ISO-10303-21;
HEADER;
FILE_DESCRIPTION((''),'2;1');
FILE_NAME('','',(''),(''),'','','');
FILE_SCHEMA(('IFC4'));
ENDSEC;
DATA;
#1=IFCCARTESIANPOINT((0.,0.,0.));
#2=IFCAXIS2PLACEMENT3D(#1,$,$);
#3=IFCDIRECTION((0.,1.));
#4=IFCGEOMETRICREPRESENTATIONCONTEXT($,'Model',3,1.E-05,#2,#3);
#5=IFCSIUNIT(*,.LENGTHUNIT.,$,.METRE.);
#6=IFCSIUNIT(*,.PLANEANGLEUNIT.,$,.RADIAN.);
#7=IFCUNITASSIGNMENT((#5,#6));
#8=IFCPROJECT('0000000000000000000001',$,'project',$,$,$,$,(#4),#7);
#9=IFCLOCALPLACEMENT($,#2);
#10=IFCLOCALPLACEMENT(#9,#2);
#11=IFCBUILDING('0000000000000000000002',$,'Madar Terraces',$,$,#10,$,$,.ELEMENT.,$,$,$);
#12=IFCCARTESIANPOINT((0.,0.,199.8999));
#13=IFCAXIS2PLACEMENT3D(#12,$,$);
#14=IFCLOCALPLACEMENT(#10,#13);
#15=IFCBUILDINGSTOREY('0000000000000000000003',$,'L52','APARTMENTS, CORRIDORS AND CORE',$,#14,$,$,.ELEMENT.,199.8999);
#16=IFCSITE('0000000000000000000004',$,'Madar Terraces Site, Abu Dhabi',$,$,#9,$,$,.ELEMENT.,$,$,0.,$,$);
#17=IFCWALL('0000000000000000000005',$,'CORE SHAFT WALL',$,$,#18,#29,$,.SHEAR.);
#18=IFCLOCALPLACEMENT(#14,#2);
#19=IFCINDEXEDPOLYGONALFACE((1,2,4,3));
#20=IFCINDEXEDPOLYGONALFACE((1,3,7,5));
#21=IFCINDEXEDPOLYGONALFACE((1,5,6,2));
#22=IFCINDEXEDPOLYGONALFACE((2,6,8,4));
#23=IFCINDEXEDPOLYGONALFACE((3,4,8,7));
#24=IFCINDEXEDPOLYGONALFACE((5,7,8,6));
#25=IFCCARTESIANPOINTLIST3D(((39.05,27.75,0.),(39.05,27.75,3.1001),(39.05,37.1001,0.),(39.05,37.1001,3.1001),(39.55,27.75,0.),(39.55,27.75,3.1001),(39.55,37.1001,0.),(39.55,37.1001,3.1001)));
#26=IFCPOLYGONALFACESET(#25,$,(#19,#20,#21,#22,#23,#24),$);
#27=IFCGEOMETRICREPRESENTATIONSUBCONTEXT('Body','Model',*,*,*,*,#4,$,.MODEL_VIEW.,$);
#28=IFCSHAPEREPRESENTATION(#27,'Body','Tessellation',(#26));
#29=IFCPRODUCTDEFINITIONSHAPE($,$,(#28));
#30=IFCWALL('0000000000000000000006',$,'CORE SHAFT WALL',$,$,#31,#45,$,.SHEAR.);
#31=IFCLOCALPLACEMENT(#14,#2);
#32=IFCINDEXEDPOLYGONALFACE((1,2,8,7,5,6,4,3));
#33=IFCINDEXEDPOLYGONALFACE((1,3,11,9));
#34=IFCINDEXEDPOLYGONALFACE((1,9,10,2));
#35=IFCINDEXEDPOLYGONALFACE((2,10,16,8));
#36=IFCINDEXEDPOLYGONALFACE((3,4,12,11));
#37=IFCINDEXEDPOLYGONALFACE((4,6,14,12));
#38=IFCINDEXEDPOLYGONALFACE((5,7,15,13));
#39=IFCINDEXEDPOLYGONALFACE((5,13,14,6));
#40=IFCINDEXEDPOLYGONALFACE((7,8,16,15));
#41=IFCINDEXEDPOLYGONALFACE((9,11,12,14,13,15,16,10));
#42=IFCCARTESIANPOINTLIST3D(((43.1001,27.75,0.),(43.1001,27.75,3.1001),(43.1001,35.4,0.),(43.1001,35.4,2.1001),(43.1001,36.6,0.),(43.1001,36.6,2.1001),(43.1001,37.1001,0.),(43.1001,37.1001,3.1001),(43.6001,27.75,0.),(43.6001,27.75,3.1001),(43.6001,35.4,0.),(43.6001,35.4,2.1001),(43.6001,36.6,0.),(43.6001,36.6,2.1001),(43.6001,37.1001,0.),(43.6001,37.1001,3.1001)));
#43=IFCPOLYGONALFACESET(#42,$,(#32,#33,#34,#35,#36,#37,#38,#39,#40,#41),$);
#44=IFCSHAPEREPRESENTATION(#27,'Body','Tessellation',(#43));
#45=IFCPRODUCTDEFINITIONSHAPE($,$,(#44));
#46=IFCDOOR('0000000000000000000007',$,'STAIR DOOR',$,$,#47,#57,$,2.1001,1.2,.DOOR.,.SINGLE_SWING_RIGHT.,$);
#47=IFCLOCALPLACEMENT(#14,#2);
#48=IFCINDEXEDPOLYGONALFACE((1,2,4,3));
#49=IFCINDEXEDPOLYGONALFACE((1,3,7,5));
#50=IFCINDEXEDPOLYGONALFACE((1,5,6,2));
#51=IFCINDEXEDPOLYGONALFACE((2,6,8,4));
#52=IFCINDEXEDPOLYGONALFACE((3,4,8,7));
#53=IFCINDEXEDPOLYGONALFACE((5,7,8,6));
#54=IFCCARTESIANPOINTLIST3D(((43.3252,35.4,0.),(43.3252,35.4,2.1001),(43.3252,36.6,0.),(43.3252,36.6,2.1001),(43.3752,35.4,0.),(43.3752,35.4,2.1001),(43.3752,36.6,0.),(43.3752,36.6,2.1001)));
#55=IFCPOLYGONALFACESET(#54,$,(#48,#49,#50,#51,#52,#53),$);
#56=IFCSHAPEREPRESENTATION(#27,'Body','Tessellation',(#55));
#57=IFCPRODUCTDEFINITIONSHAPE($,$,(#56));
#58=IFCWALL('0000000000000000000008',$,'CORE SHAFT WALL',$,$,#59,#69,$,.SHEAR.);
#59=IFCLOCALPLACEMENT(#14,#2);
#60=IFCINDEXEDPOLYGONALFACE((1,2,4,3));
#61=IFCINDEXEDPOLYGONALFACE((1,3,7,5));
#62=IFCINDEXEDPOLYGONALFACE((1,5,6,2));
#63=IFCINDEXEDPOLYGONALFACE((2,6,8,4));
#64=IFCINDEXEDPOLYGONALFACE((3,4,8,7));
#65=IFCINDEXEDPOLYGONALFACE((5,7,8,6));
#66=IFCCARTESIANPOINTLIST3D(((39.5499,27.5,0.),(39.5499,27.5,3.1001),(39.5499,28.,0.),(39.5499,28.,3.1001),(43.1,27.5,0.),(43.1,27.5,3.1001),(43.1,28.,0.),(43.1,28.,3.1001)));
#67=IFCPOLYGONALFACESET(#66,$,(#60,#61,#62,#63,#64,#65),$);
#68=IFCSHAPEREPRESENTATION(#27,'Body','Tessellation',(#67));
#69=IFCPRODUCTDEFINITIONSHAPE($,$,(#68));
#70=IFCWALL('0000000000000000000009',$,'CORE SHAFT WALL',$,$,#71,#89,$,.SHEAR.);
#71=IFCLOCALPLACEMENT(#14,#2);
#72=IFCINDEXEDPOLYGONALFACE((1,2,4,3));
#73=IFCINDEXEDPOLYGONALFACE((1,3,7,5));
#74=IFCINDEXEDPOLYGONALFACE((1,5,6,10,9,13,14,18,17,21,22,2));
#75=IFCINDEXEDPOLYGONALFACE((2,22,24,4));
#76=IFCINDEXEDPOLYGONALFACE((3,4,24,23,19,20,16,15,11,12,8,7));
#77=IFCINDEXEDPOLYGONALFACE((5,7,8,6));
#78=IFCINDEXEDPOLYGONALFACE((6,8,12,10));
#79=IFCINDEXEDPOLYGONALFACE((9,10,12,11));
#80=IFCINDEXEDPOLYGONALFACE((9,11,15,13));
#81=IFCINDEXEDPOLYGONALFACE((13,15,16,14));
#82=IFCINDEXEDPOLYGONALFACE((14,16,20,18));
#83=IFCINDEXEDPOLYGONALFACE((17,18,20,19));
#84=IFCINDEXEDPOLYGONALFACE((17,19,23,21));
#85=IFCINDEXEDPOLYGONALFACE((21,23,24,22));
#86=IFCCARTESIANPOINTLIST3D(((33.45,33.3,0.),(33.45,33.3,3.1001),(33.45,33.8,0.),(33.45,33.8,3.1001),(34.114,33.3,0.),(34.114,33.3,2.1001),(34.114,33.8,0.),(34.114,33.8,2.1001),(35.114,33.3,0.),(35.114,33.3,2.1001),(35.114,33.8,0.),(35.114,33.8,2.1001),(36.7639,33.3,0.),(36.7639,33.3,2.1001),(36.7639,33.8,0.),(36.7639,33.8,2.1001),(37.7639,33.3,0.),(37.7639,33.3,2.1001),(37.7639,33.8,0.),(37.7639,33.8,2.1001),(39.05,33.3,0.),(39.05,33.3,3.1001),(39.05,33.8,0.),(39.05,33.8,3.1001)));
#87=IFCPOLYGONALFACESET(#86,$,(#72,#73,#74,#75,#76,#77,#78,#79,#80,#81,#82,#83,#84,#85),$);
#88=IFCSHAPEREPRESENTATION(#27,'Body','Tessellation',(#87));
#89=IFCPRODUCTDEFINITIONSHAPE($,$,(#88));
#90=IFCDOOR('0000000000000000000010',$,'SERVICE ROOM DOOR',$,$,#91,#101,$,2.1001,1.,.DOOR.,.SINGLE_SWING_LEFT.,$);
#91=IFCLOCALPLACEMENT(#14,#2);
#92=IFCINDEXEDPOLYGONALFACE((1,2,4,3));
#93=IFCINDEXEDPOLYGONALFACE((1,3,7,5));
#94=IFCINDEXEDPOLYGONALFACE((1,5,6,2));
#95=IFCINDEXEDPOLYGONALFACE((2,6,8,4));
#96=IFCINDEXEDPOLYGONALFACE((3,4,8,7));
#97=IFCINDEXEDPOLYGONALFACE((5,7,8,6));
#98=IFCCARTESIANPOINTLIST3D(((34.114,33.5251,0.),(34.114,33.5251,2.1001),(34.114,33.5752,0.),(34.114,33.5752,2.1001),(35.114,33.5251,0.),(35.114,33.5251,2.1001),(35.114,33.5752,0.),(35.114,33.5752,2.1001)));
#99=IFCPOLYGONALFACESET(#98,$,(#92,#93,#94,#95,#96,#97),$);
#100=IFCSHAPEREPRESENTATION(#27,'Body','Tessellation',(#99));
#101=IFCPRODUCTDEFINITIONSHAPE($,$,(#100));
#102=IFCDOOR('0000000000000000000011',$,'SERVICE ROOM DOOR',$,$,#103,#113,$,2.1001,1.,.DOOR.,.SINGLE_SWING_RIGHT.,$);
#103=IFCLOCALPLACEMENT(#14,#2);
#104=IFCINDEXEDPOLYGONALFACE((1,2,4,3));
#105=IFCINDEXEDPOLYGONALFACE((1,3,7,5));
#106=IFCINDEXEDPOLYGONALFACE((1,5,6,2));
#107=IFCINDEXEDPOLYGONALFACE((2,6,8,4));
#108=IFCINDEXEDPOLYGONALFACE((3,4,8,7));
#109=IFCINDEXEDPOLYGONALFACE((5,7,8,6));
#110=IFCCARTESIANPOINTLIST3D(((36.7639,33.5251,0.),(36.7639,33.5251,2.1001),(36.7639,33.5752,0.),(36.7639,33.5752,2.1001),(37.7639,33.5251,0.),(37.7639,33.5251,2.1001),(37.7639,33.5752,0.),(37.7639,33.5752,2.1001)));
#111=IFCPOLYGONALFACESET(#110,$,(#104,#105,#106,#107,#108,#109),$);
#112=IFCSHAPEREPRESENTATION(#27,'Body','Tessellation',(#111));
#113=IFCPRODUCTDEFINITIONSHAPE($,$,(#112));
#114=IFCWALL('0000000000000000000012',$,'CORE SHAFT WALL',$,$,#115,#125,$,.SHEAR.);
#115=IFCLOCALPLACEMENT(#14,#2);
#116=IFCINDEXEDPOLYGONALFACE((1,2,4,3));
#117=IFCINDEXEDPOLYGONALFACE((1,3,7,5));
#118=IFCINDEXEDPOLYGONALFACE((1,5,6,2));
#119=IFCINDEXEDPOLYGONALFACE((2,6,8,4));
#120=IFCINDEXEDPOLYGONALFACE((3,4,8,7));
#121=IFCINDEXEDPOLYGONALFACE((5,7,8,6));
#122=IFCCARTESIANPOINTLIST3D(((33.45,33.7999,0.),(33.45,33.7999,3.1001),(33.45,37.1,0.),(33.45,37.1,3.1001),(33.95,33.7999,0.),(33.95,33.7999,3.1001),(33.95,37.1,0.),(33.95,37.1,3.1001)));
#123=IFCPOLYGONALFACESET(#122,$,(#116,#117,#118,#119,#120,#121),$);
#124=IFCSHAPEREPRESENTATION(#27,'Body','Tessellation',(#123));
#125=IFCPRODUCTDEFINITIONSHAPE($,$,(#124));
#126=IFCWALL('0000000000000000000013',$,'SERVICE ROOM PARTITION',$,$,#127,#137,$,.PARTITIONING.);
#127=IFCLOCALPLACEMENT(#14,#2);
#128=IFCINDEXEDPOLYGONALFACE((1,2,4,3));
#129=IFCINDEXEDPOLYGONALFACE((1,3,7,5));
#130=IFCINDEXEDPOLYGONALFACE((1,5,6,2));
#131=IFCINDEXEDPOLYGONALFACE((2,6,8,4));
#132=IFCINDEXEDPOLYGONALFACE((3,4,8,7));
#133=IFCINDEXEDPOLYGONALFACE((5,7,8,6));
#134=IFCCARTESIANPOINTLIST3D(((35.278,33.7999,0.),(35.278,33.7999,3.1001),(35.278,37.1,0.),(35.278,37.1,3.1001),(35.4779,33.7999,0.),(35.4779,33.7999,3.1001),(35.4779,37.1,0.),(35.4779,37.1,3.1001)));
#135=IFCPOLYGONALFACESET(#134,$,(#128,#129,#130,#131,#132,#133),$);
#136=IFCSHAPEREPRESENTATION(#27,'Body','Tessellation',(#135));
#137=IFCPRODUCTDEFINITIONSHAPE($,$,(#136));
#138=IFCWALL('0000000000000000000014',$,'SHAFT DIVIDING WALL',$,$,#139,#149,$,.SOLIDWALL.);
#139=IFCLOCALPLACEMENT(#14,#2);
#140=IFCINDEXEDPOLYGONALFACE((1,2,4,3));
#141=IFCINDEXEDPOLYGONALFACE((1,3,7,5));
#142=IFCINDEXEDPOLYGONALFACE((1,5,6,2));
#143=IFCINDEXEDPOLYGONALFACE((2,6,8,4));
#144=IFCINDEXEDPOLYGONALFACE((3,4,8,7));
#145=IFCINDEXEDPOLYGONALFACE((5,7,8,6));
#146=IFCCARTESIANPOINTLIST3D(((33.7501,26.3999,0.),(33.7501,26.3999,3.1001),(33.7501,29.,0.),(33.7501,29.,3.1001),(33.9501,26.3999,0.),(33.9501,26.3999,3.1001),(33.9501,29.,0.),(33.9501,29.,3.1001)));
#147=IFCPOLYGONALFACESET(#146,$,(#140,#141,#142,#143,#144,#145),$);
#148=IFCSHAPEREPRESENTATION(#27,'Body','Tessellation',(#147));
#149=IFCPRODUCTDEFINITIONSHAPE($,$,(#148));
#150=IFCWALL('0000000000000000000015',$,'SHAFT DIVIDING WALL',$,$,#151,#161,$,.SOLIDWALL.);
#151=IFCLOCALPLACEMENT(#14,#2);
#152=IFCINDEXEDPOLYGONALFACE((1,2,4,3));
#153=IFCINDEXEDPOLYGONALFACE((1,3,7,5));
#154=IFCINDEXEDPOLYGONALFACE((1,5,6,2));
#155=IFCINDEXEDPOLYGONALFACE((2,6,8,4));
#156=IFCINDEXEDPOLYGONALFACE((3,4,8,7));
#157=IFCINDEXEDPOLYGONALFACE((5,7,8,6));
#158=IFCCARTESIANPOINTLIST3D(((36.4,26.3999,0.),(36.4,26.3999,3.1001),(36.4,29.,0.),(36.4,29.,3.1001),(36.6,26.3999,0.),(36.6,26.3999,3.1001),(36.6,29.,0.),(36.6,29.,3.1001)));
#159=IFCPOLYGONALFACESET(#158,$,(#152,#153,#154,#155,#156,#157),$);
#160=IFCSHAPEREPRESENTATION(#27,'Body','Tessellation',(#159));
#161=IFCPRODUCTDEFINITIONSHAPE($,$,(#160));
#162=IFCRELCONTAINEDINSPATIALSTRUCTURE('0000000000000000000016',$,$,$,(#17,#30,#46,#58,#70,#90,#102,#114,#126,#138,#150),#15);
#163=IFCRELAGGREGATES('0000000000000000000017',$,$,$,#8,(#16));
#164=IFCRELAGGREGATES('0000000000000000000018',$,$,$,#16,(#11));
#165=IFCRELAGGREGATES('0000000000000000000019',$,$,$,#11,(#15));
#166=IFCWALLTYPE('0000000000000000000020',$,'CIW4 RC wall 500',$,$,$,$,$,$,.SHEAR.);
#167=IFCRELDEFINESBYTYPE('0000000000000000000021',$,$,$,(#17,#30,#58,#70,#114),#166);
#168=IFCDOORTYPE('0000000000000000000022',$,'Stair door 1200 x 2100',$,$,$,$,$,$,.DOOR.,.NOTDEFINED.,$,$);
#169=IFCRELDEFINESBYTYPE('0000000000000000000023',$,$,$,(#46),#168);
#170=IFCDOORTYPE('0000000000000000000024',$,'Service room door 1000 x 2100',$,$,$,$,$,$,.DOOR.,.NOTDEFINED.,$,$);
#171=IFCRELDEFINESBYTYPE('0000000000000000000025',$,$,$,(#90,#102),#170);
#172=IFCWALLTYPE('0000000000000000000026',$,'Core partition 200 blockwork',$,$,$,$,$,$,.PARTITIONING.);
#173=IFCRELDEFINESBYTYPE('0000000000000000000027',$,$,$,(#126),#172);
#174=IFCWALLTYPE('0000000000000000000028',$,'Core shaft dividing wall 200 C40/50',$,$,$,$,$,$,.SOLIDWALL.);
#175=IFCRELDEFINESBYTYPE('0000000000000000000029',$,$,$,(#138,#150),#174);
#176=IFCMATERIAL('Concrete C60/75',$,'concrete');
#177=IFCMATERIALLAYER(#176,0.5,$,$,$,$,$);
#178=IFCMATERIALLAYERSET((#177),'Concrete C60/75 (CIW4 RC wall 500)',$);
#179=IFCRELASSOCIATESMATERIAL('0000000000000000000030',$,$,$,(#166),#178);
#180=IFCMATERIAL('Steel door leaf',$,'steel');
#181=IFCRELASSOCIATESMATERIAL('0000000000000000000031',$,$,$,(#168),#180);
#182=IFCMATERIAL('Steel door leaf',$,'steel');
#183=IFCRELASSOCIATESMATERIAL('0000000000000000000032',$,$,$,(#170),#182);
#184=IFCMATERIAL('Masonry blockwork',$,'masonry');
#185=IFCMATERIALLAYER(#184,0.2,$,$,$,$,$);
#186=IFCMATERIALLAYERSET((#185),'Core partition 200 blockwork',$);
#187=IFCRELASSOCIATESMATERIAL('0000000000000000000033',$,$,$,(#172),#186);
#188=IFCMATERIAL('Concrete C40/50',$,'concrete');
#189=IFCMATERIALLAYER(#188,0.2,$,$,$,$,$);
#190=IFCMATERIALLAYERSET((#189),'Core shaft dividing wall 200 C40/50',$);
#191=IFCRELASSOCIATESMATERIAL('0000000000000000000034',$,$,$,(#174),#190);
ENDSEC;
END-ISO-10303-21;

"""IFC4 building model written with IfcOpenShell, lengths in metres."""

from ifc_helpers import new_model, si_unit, direction, frame, frame_2d, origin, place, context, subcontext, project, spatial, rectangle, extrude, material, layer, layer_set, type_object, element, fill, save


model = new_model("IFC4")

# Units and contexts
model_context = context("Model", 3, precision=1e-05, world=origin(), true_north=direction((0.0, 1.0)))
body_context = subcontext(model_context, "Body", "Model", "MODEL_VIEW")
ifc_project = project(units=[si_unit("LENGTHUNIT", "METRE"), si_unit("PLANEANGLEUNIT", "RADIAN")], contexts=[model_context])

# Site, building, storey
site_placement = place(None, origin())
site = spatial("IfcSite", under=ifc_project, at=site_placement, Name="Madar Terraces Site, Abu Dhabi", CompositionType="ELEMENT", RefElevation=0.0)
building_placement = place(site_placement, origin())
building = spatial("IfcBuilding", under=site, at=building_placement, Name="Madar Terraces", CompositionType="ELEMENT")
storey_placement = place(building_placement, frame((0.0, 0.0, 199.8999)))
storey = spatial("IfcBuildingStorey", under=building, at=storey_placement, Name="L52", Description="APARTMENTS, CORRIDORS AND CORE", CompositionType="ELEMENT", Elevation=199.8999)

# Wall
ifc_material_1 = material(Name="Concrete C60/75", Category="concrete")
ifc_layer_1 = layer(ifc_material_1, 0.5)
ifc_layer_set_1 = layer_set([ifc_layer_1], Name="Concrete C60/75 (CIW4 RC wall 500)")
wall_type_1 = type_object("IfcWallType", Name="CIW4 RC wall 500", PredefinedType="SHEAR", material=ifc_layer_set_1)
wall_1_placement = place(storey_placement, frame((39.3, 27.75, 0.0), z_axis=(0.0, 0.0, 1.0), x_axis=(0.0, 1.0, 0.0)))
element("IfcWall", 1, at=wall_1_placement, inside=storey, type_object=wall_type_1, Name="CORE SHAFT WALL", PredefinedType="SHEAR", context=body_context, shape_type="SweptSolid", body=[
    extrude(rectangle(XDim=9.3501, YDim=0.5, at=frame_2d((4.675, 0.0))), origin(), (0.0, 0.0, 1.0), 3.1001),
])

# Wall, opening, door
wall_2_placement = place(storey_placement, frame((43.3501, 27.75, 0.0), z_axis=(0.0, 0.0, 1.0), x_axis=(0.0, 1.0, 0.0)))
wall_2 = element("IfcWall", 2, at=wall_2_placement, inside=storey, type_object=wall_type_1, Name="CORE SHAFT WALL", PredefinedType="SHEAR", context=body_context, shape_type="SweptSolid", body=[
    extrude(rectangle(XDim=9.3501, YDim=0.5, at=frame_2d((4.675, 0.0))), origin(), (0.0, 0.0, 1.0), 3.1001),
])
opening_1_placement = place(wall_2_placement, frame((7.6499, 0.0, 0.0)))
opening_1 = element("IfcOpeningElement", 3, at=opening_1_placement, cuts=wall_2, PredefinedType="OPENING", context=body_context, shape_type="SweptSolid", body=[
    extrude(rectangle(XDim=1.2, YDim=2.1001, at=frame_2d((0.6001, 1.05))), frame((0.0, 0.26, 0.0), z_axis=(0.0, -1.0, 0.0), x_axis=(1.0, 0.0, 0.0)), (0.0, 0.0, 1.0), 0.52),
])
ifc_material_2 = material(Name="Steel door leaf", Category="steel")
door_type_1 = type_object("IfcDoorType", Name="Stair door 1200 x 2100", OperationType="NOTDEFINED", PredefinedType="DOOR", material=ifc_material_2)
door_1_placement = place(opening_1_placement, origin())
door_1 = element("IfcDoor", 4, at=door_1_placement, inside=storey, type_object=door_type_1, Name="STAIR DOOR", OperationType="SINGLE_SWING_RIGHT", OverallHeight=2.1001, OverallWidth=1.2, PredefinedType="DOOR", context=body_context, shape_type="SweptSolid", body=[
    extrude(rectangle(XDim=1.2, YDim=2.1001, at=frame_2d((0.6001, 1.05))), frame((0.0, 0.0249, 0.0), z_axis=(0.0, -1.0, 0.0), x_axis=(1.0, 0.0, 0.0)), (0.0, 0.0, 1.0), 0.05),
])
fill(opening_1, door_1)

# Wall
wall_3_placement = place(storey_placement, frame((39.55, 27.75, 0.0), z_axis=(0.0, 0.0, 1.0), x_axis=(1.0, 0.0, 0.0)))
element("IfcWall", 5, at=wall_3_placement, inside=storey, type_object=wall_type_1, Name="CORE SHAFT WALL", PredefinedType="SHEAR", context=body_context, shape_type="SweptSolid", body=[
    extrude(rectangle(XDim=3.55, YDim=0.5, at=frame_2d((1.7749, 0.0))), origin(), (0.0, 0.0, 1.0), 3.1001),
])

# Wall, openings, doors
wall_4_placement = place(storey_placement, frame((33.45, 33.55, 0.0), z_axis=(0.0, 0.0, 1.0), x_axis=(1.0, 0.0, 0.0)))
wall_4 = element("IfcWall", 6, at=wall_4_placement, inside=storey, type_object=wall_type_1, Name="CORE SHAFT WALL", PredefinedType="SHEAR", context=body_context, shape_type="SweptSolid", body=[
    extrude(rectangle(XDim=5.6001, YDim=0.5, at=frame_2d((2.8, 0.0))), origin(), (0.0, 0.0, 1.0), 3.1001),
])
opening_2_placement = place(wall_4_placement, frame((0.6641, 0.0, 0.0)))
opening_2 = element("IfcOpeningElement", 7, at=opening_2_placement, cuts=wall_4, PredefinedType="OPENING", context=body_context, shape_type="SweptSolid", body=[
    extrude(rectangle(XDim=1.0, YDim=2.1001, at=frame_2d((0.5, 1.05))), frame((0.0, 0.26, 0.0), z_axis=(0.0, -1.0, 0.0), x_axis=(1.0, 0.0, 0.0)), (0.0, 0.0, 1.0), 0.52),
])
opening_3_placement = place(wall_4_placement, frame((3.314, 0.0, 0.0)))
opening_3 = element("IfcOpeningElement", 8, at=opening_3_placement, cuts=wall_4, PredefinedType="OPENING", context=body_context, shape_type="SweptSolid", body=[
    extrude(rectangle(XDim=1.0, YDim=2.1001, at=frame_2d((0.5, 1.05))), frame((0.0, 0.26, 0.0), z_axis=(0.0, -1.0, 0.0), x_axis=(1.0, 0.0, 0.0)), (0.0, 0.0, 1.0), 0.52),
])
ifc_material_3 = material(Name="Steel door leaf", Category="steel")
door_type_2 = type_object("IfcDoorType", Name="Service room door 1000 x 2100", OperationType="NOTDEFINED", PredefinedType="DOOR", material=ifc_material_3)
door_2_placement = place(opening_2_placement, frame((1.0, 0.0, 0.0), z_axis=(0.0, 0.0, 1.0), x_axis=(-1.0, 0.0, 0.0)))
door_2 = element("IfcDoor", 9, at=door_2_placement, inside=storey, type_object=door_type_2, Name="SERVICE ROOM DOOR", OperationType="SINGLE_SWING_LEFT", OverallHeight=2.1001, OverallWidth=1.0, PredefinedType="DOOR", context=body_context, shape_type="SweptSolid", body=[
    extrude(rectangle(XDim=1.0, YDim=2.1001, at=frame_2d((0.5, 1.05))), frame((0.0, 0.0249, 0.0), z_axis=(0.0, -1.0, 0.0), x_axis=(1.0, 0.0, 0.0)), (0.0, 0.0, 1.0), 0.05),
])
fill(opening_2, door_2)
door_3_placement = place(opening_3_placement, frame((1.0, 0.0, 0.0), z_axis=(0.0, 0.0, 1.0), x_axis=(-1.0, 0.0, 0.0)))
door_3 = element("IfcDoor", 10, at=door_3_placement, inside=storey, type_object=door_type_2, Name="SERVICE ROOM DOOR", OperationType="SINGLE_SWING_RIGHT", OverallHeight=2.1001, OverallWidth=1.0, PredefinedType="DOOR", context=body_context, shape_type="SweptSolid", body=[
    extrude(rectangle(XDim=1.0, YDim=2.1001, at=frame_2d((0.5, 1.05))), frame((0.0, 0.0249, 0.0), z_axis=(0.0, -1.0, 0.0), x_axis=(1.0, 0.0, 0.0)), (0.0, 0.0, 1.0), 0.05),
])
fill(opening_3, door_3)

# Walls
wall_5_placement = place(storey_placement, frame((33.7, 33.8, 0.0), z_axis=(0.0, 0.0, 1.0), x_axis=(0.0, 1.0, 0.0)))
element("IfcWall", 11, at=wall_5_placement, inside=storey, type_object=wall_type_1, Name="CORE SHAFT WALL", PredefinedType="SHEAR", context=body_context, shape_type="SweptSolid", body=[
    extrude(rectangle(XDim=3.3, YDim=0.5, at=frame_2d((1.6499, 0.0))), origin(), (0.0, 0.0, 1.0), 3.1001),
])
ifc_material_4 = material(Name="Masonry blockwork", Category="masonry")
ifc_layer_2 = layer(ifc_material_4, 0.2)
ifc_layer_set_2 = layer_set([ifc_layer_2], Name="Core partition 200 blockwork")
wall_type_2 = type_object("IfcWallType", Name="Core partition 200 blockwork", PredefinedType="PARTITIONING", material=ifc_layer_set_2)
wall_6_placement = place(storey_placement, frame((35.3779, 33.8, 0.0), z_axis=(0.0, 0.0, 1.0), x_axis=(0.0, 1.0, 0.0)))
element("IfcWall", 12, at=wall_6_placement, inside=storey, type_object=wall_type_2, Name="SERVICE ROOM PARTITION", PredefinedType="PARTITIONING", context=body_context, shape_type="SweptSolid", body=[
    extrude(rectangle(XDim=3.3, YDim=0.2, at=frame_2d((1.6499, 0.0))), origin(), (0.0, 0.0, 1.0), 3.1001),
])
ifc_material_5 = material(Name="Concrete C40/50", Category="concrete")
ifc_layer_3 = layer(ifc_material_5, 0.2)
ifc_layer_set_3 = layer_set([ifc_layer_3], Name="Core shaft dividing wall 200 C40/50")
wall_type_3 = type_object("IfcWallType", Name="Core shaft dividing wall 200 C40/50", PredefinedType="SOLIDWALL", material=ifc_layer_set_3)
for number, where, z_axis, x_axis, name in (
    (13, (33.8501, 26.3999, 0.0), (0.0, 0.0, 1.0), (0.0, 1.0, 0.0), "SHAFT DIVIDING WALL"),
    (14, (36.5, 26.3999, 0.0), (0.0, 0.0, 1.0), (0.0, 1.0, 0.0), "SHAFT DIVIDING WALL"),
):
    element("IfcWall", number, at=place(storey_placement, frame(where, z_axis=z_axis, x_axis=x_axis)), inside=storey, type_object=wall_type_3, Name=name, PredefinedType="SOLIDWALL", context=body_context, shape_type="SweptSolid", body=[
        extrude(rectangle(XDim=2.6001, YDim=0.2, at=frame_2d((1.3, 0.0))), origin(), (0.0, 0.0, 1.0), 3.1001),
    ])

save(model, "model.ifc")
